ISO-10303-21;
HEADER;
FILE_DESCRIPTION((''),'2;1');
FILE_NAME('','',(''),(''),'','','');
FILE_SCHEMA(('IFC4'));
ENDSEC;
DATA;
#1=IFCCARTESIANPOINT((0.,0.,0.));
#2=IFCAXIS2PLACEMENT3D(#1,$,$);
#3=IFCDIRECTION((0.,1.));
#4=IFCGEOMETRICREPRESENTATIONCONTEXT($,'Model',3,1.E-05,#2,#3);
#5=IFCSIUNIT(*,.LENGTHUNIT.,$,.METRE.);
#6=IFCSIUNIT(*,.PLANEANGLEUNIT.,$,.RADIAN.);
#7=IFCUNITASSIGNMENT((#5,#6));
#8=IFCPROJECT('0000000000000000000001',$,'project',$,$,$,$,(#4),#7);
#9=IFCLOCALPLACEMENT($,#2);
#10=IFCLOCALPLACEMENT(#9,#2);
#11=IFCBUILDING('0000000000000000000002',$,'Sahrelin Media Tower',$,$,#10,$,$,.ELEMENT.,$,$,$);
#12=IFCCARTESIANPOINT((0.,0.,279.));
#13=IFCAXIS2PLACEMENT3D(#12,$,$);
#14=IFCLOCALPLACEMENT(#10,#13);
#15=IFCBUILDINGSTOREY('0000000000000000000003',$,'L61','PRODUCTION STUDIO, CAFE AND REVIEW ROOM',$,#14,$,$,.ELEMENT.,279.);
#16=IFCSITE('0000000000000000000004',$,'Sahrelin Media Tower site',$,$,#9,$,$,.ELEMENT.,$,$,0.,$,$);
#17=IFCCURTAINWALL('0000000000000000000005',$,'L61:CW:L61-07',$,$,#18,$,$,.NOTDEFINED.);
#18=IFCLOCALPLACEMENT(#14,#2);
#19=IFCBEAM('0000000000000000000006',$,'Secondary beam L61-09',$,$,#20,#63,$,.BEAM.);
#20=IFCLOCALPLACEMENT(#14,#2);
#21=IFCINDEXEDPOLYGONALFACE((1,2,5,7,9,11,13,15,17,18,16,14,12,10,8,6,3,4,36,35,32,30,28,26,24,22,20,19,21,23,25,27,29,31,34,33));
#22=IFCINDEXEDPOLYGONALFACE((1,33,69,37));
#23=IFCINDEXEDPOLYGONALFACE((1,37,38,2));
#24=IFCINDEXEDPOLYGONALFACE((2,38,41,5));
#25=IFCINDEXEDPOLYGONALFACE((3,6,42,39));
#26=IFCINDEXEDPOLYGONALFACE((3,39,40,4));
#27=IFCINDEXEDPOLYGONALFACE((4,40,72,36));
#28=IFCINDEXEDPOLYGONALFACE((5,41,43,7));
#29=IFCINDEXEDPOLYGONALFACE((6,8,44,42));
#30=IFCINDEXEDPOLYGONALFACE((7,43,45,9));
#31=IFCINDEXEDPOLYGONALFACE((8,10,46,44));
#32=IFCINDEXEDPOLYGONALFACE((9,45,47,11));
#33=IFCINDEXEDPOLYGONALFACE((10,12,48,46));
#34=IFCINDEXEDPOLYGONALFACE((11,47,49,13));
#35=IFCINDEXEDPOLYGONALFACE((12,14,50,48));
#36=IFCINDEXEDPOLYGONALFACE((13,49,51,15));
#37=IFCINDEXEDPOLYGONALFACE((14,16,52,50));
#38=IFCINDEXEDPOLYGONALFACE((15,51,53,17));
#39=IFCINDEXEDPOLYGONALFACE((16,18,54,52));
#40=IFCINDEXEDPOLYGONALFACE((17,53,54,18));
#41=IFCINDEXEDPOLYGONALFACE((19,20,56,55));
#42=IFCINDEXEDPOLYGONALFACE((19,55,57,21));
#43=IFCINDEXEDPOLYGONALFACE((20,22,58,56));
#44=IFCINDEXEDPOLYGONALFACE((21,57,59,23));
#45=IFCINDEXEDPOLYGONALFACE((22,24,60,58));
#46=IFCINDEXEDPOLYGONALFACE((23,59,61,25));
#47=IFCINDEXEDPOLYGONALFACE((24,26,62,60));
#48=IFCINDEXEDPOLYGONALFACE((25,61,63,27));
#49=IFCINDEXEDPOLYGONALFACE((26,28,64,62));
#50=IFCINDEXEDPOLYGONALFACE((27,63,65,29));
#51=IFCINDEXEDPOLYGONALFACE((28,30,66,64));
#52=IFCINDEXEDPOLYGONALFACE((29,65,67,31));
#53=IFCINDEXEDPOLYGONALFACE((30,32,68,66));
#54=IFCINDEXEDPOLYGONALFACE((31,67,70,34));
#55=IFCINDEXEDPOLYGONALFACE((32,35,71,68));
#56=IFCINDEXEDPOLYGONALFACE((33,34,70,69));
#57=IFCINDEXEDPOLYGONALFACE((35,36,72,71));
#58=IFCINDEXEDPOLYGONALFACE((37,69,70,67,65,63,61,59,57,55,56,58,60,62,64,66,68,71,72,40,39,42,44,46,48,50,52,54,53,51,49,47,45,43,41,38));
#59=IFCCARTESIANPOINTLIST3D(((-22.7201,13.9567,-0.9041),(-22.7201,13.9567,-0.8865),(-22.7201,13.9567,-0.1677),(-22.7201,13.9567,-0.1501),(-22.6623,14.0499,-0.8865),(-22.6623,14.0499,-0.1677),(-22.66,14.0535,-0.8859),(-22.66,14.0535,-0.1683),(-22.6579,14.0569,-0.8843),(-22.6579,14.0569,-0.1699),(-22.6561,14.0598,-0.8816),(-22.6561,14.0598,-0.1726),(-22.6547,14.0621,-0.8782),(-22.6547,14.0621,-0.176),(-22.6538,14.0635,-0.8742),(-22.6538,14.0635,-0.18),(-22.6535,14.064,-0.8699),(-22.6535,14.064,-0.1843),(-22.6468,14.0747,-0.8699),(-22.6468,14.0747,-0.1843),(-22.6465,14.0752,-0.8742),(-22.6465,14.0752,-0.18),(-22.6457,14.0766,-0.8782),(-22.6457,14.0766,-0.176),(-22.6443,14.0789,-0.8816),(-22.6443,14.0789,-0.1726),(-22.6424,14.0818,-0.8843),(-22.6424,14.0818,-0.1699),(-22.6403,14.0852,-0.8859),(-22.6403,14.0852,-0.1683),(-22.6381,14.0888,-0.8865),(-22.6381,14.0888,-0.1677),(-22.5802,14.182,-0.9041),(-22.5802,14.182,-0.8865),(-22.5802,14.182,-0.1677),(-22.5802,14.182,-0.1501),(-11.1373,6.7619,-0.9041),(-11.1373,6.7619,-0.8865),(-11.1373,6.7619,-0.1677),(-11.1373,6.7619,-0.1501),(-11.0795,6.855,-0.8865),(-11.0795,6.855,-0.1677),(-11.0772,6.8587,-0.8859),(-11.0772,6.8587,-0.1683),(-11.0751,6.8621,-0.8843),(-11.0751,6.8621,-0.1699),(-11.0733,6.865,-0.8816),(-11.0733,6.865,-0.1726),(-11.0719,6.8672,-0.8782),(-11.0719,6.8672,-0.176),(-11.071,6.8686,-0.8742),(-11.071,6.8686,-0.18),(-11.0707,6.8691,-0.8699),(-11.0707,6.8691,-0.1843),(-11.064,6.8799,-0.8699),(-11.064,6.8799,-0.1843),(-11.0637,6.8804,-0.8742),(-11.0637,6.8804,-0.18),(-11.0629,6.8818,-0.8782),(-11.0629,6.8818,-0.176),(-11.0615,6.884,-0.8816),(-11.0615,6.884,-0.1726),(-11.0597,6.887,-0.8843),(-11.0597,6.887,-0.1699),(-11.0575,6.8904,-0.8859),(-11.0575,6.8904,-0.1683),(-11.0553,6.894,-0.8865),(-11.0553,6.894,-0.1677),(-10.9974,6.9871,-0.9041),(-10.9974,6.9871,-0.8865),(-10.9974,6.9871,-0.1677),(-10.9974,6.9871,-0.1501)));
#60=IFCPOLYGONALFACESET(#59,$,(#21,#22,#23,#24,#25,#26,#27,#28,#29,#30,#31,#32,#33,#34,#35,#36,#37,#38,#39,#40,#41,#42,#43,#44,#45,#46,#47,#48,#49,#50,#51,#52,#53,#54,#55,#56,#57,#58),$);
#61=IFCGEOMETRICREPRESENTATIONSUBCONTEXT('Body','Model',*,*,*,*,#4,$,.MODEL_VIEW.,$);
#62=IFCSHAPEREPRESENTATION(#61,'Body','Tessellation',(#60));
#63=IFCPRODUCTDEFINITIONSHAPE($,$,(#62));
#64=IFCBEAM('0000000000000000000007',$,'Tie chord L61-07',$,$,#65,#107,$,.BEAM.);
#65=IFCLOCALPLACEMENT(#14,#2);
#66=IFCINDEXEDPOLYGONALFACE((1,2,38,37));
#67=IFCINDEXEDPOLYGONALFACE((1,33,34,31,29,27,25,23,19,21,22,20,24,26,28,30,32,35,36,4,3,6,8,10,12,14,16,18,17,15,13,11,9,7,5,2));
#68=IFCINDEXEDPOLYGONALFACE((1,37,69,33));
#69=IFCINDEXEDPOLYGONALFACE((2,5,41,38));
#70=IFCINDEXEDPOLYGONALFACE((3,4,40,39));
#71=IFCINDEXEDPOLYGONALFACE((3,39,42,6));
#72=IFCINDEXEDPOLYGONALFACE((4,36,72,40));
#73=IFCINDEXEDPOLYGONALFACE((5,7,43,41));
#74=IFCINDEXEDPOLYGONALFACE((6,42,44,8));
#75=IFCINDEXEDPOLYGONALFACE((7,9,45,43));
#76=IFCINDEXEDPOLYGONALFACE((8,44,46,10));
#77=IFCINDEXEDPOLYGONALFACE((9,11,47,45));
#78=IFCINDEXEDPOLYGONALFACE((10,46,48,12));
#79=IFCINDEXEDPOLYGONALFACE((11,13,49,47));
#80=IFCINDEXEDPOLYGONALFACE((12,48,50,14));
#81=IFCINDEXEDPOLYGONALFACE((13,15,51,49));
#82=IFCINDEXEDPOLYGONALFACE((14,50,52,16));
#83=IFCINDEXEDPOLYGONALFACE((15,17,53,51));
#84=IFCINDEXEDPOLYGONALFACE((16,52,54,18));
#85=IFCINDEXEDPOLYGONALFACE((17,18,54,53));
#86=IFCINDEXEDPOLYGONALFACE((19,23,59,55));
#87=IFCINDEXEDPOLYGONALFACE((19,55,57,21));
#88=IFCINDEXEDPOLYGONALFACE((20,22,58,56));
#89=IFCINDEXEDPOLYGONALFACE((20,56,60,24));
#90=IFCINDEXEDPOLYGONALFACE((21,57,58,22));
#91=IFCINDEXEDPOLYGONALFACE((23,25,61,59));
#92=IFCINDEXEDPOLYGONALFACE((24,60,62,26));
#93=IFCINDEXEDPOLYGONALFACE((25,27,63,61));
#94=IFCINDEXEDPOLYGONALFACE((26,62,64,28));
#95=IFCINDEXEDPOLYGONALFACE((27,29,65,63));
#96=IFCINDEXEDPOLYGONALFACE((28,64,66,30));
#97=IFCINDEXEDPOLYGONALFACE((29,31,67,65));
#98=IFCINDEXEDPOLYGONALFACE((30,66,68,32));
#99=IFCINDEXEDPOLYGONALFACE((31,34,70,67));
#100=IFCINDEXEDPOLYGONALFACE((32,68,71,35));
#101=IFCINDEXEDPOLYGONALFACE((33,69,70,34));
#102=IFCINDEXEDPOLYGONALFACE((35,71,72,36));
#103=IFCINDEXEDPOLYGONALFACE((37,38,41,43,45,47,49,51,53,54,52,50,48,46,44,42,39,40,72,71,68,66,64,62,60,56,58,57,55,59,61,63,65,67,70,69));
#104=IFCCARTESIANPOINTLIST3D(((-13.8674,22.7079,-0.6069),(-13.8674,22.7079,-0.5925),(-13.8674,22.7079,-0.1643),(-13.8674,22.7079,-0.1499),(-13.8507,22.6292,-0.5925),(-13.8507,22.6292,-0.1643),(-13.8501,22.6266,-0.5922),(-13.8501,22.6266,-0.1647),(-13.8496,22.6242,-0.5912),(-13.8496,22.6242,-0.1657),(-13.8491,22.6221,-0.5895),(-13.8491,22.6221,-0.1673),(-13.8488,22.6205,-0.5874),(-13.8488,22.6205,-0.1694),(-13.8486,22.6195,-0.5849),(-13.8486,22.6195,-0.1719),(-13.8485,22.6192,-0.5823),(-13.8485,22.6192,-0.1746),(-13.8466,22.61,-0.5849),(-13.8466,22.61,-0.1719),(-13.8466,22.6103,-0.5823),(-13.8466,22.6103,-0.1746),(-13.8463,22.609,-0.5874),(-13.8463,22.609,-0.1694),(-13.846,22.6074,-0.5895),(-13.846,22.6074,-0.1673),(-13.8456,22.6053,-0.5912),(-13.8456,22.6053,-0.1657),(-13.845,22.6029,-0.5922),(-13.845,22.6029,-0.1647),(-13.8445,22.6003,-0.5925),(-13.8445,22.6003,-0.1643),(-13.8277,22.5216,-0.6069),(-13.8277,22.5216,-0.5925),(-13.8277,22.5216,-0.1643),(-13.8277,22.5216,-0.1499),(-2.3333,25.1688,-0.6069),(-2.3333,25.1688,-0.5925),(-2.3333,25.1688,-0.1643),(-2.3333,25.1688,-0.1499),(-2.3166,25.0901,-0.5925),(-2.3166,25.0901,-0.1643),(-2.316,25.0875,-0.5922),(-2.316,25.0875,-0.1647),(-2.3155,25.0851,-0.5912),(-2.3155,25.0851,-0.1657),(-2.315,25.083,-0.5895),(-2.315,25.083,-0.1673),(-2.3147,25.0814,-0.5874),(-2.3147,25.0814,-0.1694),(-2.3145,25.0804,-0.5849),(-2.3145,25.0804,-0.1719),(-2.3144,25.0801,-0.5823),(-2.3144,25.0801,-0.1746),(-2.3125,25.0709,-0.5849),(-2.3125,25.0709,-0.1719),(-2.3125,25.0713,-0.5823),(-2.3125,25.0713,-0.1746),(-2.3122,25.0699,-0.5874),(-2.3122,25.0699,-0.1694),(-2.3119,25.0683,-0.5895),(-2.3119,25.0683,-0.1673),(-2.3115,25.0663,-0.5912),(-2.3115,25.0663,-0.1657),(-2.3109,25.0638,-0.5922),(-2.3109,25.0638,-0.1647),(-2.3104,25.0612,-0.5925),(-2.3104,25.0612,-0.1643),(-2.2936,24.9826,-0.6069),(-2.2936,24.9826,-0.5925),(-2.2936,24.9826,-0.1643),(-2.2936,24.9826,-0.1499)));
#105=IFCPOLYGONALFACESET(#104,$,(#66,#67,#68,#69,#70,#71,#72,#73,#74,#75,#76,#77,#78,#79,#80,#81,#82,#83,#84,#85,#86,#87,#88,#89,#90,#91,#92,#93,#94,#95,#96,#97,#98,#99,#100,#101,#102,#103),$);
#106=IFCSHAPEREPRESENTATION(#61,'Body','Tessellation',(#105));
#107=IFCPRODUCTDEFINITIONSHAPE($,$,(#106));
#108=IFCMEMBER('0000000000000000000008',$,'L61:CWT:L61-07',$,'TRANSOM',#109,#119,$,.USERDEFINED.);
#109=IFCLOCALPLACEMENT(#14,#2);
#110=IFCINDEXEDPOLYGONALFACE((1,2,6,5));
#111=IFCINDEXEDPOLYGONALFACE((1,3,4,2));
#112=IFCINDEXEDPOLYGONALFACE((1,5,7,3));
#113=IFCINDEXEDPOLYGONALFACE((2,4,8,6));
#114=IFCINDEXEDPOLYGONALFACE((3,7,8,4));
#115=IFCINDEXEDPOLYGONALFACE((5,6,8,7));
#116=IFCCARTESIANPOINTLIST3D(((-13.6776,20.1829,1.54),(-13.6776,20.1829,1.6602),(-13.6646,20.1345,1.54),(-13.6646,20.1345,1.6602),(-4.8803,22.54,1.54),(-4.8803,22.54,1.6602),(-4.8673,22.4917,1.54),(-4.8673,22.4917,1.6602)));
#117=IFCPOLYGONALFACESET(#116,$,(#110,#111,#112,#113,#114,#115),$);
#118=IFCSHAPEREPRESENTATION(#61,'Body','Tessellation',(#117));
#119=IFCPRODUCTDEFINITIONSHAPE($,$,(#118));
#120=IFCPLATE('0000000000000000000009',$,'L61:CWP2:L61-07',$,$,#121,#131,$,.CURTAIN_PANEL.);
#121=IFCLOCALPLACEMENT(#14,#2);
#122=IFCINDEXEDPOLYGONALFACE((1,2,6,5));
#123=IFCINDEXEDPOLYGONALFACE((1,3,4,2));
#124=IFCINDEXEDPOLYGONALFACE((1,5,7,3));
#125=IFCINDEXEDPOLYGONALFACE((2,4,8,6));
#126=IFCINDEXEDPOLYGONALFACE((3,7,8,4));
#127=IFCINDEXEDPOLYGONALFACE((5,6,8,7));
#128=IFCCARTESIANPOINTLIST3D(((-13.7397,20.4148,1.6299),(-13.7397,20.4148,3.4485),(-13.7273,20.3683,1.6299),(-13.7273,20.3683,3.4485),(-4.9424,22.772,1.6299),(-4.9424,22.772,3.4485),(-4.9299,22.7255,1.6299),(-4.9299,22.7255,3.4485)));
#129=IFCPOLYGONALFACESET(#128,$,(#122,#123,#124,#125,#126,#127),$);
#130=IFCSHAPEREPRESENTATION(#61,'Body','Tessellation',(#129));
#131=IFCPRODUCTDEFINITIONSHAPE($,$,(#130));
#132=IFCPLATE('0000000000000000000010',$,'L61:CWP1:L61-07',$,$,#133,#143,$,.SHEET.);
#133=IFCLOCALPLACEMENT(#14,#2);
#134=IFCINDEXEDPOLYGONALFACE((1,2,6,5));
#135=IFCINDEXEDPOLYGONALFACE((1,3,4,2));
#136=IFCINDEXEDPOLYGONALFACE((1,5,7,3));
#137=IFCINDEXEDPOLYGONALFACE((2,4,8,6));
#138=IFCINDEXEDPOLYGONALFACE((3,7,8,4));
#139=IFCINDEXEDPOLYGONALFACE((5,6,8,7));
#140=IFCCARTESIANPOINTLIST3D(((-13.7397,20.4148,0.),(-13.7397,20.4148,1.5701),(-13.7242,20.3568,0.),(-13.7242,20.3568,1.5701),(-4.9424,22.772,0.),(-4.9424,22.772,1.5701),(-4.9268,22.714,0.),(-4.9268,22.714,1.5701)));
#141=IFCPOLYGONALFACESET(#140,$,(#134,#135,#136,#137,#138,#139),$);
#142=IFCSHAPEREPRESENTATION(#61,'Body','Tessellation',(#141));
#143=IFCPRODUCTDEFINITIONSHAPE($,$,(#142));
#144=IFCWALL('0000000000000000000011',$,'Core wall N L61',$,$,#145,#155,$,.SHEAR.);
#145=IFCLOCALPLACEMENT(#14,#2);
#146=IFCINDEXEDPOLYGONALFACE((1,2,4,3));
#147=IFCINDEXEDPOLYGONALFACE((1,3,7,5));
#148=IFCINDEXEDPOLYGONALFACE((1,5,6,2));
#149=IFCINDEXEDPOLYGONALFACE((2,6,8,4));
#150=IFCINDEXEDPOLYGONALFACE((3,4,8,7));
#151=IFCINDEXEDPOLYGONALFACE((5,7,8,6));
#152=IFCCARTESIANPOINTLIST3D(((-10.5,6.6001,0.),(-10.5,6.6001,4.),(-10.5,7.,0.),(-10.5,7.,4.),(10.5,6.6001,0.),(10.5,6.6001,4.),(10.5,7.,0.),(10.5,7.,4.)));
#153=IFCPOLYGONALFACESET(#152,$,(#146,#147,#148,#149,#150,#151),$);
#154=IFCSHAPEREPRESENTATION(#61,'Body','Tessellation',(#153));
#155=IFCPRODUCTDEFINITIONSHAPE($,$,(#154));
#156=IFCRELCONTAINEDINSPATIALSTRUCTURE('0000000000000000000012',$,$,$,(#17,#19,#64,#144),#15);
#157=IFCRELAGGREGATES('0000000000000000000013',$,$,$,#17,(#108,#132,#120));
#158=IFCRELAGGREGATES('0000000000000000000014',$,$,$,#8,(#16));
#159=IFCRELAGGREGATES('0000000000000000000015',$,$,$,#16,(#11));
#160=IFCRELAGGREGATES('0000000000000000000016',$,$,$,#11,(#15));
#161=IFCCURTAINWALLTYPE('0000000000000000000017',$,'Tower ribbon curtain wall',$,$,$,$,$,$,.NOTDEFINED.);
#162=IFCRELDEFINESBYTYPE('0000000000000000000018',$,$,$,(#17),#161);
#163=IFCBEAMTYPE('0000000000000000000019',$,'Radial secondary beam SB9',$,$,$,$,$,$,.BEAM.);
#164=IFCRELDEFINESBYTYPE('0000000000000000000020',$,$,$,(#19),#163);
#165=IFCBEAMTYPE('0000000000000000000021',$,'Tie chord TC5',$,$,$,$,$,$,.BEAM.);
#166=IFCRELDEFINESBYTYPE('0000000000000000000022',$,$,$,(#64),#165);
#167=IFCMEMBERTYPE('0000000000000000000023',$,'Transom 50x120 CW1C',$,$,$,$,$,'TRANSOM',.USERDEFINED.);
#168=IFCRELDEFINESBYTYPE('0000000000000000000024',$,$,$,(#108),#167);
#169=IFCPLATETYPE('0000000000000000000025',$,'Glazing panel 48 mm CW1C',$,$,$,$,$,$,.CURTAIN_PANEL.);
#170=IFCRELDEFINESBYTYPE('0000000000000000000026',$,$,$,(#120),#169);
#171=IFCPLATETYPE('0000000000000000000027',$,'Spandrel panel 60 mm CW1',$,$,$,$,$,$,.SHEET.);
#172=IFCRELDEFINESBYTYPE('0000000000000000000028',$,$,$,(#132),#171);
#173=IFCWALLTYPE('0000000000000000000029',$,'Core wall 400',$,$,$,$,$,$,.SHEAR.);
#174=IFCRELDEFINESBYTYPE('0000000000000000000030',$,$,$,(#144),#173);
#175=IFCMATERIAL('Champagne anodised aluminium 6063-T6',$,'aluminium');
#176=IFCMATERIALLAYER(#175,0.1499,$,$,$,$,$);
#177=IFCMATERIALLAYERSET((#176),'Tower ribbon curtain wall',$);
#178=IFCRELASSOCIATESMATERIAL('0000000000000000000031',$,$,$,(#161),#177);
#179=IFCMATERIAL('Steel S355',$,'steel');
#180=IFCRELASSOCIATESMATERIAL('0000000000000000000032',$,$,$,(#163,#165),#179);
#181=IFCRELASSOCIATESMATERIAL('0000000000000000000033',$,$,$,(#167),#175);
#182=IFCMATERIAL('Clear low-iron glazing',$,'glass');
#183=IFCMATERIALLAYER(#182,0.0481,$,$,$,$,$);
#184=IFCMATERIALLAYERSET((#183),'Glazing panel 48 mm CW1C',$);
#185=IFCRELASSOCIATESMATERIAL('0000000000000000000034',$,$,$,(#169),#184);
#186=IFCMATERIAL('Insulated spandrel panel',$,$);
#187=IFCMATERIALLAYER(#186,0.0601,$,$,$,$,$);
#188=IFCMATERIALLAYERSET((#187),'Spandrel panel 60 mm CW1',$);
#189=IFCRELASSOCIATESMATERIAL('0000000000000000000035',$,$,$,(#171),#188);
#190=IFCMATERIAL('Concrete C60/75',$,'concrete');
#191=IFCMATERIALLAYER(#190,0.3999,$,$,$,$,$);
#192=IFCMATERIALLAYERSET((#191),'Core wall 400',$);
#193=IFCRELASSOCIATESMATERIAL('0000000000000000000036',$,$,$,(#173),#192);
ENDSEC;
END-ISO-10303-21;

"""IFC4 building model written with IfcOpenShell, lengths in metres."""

from ifc_helpers import new_model, si_unit, direction, frame, frame_2d, origin, origin_2d, place, context, subcontext, project, spatial, polyline, rectangle, i_section, outline, extrude, material, layer, layer_set, material_profile, profile_set, type_object, element, aggregate, save


model = new_model("IFC4")

# Units and contexts
model_context = context("Model", 3, precision=1e-05, world=origin(), true_north=direction((0.0, 1.0)))
body_context = subcontext(model_context, "Body", "Model", "MODEL_VIEW")
ifc_project = project(units=[si_unit("LENGTHUNIT", "METRE"), si_unit("PLANEANGLEUNIT", "RADIAN")], contexts=[model_context])

# Site, building, storey
site_placement = place(None, origin())
site = spatial("IfcSite", under=ifc_project, at=site_placement, Name="Sahrelin Media Tower site", CompositionType="ELEMENT", RefElevation=0.0)
building_placement = place(site_placement, origin())
building = spatial("IfcBuilding", under=site, at=building_placement, Name="Sahrelin Media Tower", CompositionType="ELEMENT")
storey_placement = place(building_placement, frame((0.0, 0.0, 279.0)))
storey = spatial("IfcBuildingStorey", under=building, at=storey_placement, Name="L61", Description="PRODUCTION STUDIO, CAFE AND REVIEW ROOM", CompositionType="ELEMENT", Elevation=279.0)

# Shared definitions
ifc_material_1 = material(Name="Steel S355", Category="steel")

# Curtain wall
ifc_material_2 = material(Name="Champagne anodised aluminium 6063-T6", Category="aluminium")
ifc_layer_1 = layer(ifc_material_2, 0.1499)
ifc_layer_set_1 = layer_set([ifc_layer_1], Name="Tower ribbon curtain wall")
curtain_wall_type = type_object("IfcCurtainWallType", Name="Tower ribbon curtain wall", PredefinedType="NOTDEFINED", material=ifc_layer_set_1)
curtain_wall_1_placement = place(storey_placement, frame((-9.3357, 21.574, 0.0), z_axis=(0.0, 0.0, 1.0), x_axis=(1.0, 0.0, 0.0)))
curtain_wall_1 = element("IfcCurtainWall", 1, at=curtain_wall_1_placement, inside=storey, type_object=curtain_wall_type, Name="L61:CW:L61-07", PredefinedType="NOTDEFINED")

# Beams
ifc_material_profile_1 = material_profile(ifc_material_1, i_section(OverallWidth=0.2651, OverallDepth=0.7539, WebThickness=0.0127, FlangeThickness=0.0176, FilletRadius=0.0166, at=origin_2d()), Name="UB 762x267x147")
ifc_profile_set_1 = profile_set([ifc_material_profile_1], Name="Steel S355")
beam_type_1 = type_object("IfcBeamType", Name="Radial secondary beam SB9", PredefinedType="BEAM", material=ifc_profile_set_1)
beam_1_placement = place(storey_placement, frame((-11.0674, 6.8745, -0.5271), z_axis=(-0.849459, 0.527655, 0.0), x_axis=(-0.527655, -0.849459, 0.0)))
element("IfcBeam", 2, at=beam_1_placement, inside=storey, type_object=beam_type_1, Name="Secondary beam L61-09", PredefinedType="BEAM", context=body_context, shape_type="SweptSolid", body=[
    extrude(i_section(OverallWidth=0.2651, OverallDepth=0.7539, WebThickness=0.0127, FlangeThickness=0.0176, FilletRadius=0.0166, at=origin_2d()), origin(), (0.0, 0.0, 1.0), 13.6355),
])
ifc_material_profile_2 = material_profile(ifc_material_1, i_section(OverallWidth=0.1904, OverallDepth=0.457, WebThickness=0.009, FlangeThickness=0.0144, FilletRadius=0.0103, at=origin_2d()), Name="UB 457x191x74")
ifc_profile_set_2 = profile_set([ifc_material_profile_2], Name="Steel S355")
beam_type_2 = type_object("IfcBeamType", Name="Tie chord TC5", PredefinedType="BEAM", material=ifc_profile_set_2)
beam_2_placement = place(storey_placement, frame((-2.3135, 25.0757, -0.3784), z_axis=(-0.977987, -0.208664, 0.0), x_axis=(0.208664, -0.977987, 0.0)))
element("IfcBeam", 3, at=beam_2_placement, inside=storey, type_object=beam_type_2, Name="Tie chord L61-07", PredefinedType="BEAM", context=body_context, shape_type="SweptSolid", body=[
    extrude(i_section(OverallWidth=0.1904, OverallDepth=0.457, WebThickness=0.009, FlangeThickness=0.0144, FilletRadius=0.0103, at=origin_2d()), origin(), (0.0, 0.0, 1.0), 11.7937),
])

# Member
ifc_material_profile_3 = material_profile(ifc_material_2, rectangle(XDim=0.05, YDim=0.1201, at=origin_2d()), Name="Transom 50x120")
ifc_profile_set_3 = profile_set([ifc_material_profile_3], Name="Champagne anodised aluminium 6063-T6")
member_type_1 = type_object("IfcMemberType", Name="Transom 50x120 CW1C", ElementType="TRANSOM", PredefinedType="USERDEFINED", material=ifc_profile_set_3)
member_1_placement = place(storey_placement, frame((-4.8738, 22.5159, 1.6001), z_axis=(-0.965928, -0.258812, 0.0), x_axis=(0.258812, -0.965928, 0.0)))
member_1 = element("IfcMember", 4, at=member_1_placement, type_object=member_type_1, Name="L61:CWT:L61-07", ObjectType="TRANSOM", PredefinedType="USERDEFINED", context=body_context, shape_type="SweptSolid", body=[
    extrude(rectangle(XDim=0.05, YDim=0.1201, at=origin_2d()), origin(), (0.0, 0.0, 1.0), 9.1077),
])

# Plates
ifc_material_3 = material(Name="Clear low-iron glazing", Category="glass")
ifc_layer_2 = layer(ifc_material_3, 0.0481)
ifc_layer_set_2 = layer_set([ifc_layer_2], Name="Glazing panel 48 mm CW1C")
plate_type_1 = type_object("IfcPlateType", Name="Glazing panel 48 mm CW1C", PredefinedType="CURTAIN_PANEL", material=ifc_layer_set_2)
plate_1_placement = place(storey_placement, frame((-4.9424, 22.772, 1.6299), z_axis=(-0.258812, 0.965928, 0.0), x_axis=(-0.965928, -0.258812, 0.0)))
plate_1 = element("IfcPlate", 5, at=plate_1_placement, type_object=plate_type_1, Name="L61:CWP2:L61-07", PredefinedType="CURTAIN_PANEL", context=body_context, shape_type="SweptSolid", body=[
    extrude(outline(polyline([(0.0, 0.0), (9.1077, 0.0), (9.1077, 1.8186), (0.0, 1.8186), (0.0, 0.0)])), origin(), (0.0, 0.0, -1.0), 0.0481),
])
ifc_material_4 = material(Name="Insulated spandrel panel")
ifc_layer_3 = layer(ifc_material_4, 0.0601)
ifc_layer_set_3 = layer_set([ifc_layer_3], Name="Spandrel panel 60 mm CW1")
plate_type_2 = type_object("IfcPlateType", Name="Spandrel panel 60 mm CW1", PredefinedType="SHEET", material=ifc_layer_set_3)
plate_2_placement = place(storey_placement, frame((-4.9424, 22.772, 0.0), z_axis=(-0.258812, 0.965928, 0.0), x_axis=(-0.965928, -0.258812, 0.0)))
plate_2 = element("IfcPlate", 6, at=plate_2_placement, type_object=plate_type_2, Name="L61:CWP1:L61-07", PredefinedType="SHEET", context=body_context, shape_type="SweptSolid", body=[
    extrude(outline(polyline([(0.0, 0.0), (9.1077, 0.0), (9.1077, 1.5701), (0.0, 1.5701), (0.0, 0.0)])), origin(), (0.0, 0.0, -1.0), 0.0601),
])
aggregate(curtain_wall_1, [member_1, plate_2, plate_1])

# Wall
ifc_material_5 = material(Name="Concrete C60/75", Category="concrete")
ifc_layer_4 = layer(ifc_material_5, 0.3999)
ifc_layer_set_4 = layer_set([ifc_layer_4], Name="Core wall 400")
wall_type_1 = type_object("IfcWallType", Name="Core wall 400", PredefinedType="SHEAR", material=ifc_layer_set_4)
wall_1_placement = place(storey_placement, frame((-10.5, 6.8, 0.0), z_axis=(0.0, 0.0, 1.0), x_axis=(1.0, 0.0, 0.0)))
element("IfcWall", 7, at=wall_1_placement, inside=storey, type_object=wall_type_1, Name="Core wall N L61", PredefinedType="SHEAR", context=body_context, shape_type="SweptSolid", body=[
    extrude(rectangle(XDim=21.0, YDim=0.3999, at=frame_2d((10.5, 0.0))), origin(), (0.0, 0.0, 1.0), 4.0),
])

save(model, "model.ifc")
